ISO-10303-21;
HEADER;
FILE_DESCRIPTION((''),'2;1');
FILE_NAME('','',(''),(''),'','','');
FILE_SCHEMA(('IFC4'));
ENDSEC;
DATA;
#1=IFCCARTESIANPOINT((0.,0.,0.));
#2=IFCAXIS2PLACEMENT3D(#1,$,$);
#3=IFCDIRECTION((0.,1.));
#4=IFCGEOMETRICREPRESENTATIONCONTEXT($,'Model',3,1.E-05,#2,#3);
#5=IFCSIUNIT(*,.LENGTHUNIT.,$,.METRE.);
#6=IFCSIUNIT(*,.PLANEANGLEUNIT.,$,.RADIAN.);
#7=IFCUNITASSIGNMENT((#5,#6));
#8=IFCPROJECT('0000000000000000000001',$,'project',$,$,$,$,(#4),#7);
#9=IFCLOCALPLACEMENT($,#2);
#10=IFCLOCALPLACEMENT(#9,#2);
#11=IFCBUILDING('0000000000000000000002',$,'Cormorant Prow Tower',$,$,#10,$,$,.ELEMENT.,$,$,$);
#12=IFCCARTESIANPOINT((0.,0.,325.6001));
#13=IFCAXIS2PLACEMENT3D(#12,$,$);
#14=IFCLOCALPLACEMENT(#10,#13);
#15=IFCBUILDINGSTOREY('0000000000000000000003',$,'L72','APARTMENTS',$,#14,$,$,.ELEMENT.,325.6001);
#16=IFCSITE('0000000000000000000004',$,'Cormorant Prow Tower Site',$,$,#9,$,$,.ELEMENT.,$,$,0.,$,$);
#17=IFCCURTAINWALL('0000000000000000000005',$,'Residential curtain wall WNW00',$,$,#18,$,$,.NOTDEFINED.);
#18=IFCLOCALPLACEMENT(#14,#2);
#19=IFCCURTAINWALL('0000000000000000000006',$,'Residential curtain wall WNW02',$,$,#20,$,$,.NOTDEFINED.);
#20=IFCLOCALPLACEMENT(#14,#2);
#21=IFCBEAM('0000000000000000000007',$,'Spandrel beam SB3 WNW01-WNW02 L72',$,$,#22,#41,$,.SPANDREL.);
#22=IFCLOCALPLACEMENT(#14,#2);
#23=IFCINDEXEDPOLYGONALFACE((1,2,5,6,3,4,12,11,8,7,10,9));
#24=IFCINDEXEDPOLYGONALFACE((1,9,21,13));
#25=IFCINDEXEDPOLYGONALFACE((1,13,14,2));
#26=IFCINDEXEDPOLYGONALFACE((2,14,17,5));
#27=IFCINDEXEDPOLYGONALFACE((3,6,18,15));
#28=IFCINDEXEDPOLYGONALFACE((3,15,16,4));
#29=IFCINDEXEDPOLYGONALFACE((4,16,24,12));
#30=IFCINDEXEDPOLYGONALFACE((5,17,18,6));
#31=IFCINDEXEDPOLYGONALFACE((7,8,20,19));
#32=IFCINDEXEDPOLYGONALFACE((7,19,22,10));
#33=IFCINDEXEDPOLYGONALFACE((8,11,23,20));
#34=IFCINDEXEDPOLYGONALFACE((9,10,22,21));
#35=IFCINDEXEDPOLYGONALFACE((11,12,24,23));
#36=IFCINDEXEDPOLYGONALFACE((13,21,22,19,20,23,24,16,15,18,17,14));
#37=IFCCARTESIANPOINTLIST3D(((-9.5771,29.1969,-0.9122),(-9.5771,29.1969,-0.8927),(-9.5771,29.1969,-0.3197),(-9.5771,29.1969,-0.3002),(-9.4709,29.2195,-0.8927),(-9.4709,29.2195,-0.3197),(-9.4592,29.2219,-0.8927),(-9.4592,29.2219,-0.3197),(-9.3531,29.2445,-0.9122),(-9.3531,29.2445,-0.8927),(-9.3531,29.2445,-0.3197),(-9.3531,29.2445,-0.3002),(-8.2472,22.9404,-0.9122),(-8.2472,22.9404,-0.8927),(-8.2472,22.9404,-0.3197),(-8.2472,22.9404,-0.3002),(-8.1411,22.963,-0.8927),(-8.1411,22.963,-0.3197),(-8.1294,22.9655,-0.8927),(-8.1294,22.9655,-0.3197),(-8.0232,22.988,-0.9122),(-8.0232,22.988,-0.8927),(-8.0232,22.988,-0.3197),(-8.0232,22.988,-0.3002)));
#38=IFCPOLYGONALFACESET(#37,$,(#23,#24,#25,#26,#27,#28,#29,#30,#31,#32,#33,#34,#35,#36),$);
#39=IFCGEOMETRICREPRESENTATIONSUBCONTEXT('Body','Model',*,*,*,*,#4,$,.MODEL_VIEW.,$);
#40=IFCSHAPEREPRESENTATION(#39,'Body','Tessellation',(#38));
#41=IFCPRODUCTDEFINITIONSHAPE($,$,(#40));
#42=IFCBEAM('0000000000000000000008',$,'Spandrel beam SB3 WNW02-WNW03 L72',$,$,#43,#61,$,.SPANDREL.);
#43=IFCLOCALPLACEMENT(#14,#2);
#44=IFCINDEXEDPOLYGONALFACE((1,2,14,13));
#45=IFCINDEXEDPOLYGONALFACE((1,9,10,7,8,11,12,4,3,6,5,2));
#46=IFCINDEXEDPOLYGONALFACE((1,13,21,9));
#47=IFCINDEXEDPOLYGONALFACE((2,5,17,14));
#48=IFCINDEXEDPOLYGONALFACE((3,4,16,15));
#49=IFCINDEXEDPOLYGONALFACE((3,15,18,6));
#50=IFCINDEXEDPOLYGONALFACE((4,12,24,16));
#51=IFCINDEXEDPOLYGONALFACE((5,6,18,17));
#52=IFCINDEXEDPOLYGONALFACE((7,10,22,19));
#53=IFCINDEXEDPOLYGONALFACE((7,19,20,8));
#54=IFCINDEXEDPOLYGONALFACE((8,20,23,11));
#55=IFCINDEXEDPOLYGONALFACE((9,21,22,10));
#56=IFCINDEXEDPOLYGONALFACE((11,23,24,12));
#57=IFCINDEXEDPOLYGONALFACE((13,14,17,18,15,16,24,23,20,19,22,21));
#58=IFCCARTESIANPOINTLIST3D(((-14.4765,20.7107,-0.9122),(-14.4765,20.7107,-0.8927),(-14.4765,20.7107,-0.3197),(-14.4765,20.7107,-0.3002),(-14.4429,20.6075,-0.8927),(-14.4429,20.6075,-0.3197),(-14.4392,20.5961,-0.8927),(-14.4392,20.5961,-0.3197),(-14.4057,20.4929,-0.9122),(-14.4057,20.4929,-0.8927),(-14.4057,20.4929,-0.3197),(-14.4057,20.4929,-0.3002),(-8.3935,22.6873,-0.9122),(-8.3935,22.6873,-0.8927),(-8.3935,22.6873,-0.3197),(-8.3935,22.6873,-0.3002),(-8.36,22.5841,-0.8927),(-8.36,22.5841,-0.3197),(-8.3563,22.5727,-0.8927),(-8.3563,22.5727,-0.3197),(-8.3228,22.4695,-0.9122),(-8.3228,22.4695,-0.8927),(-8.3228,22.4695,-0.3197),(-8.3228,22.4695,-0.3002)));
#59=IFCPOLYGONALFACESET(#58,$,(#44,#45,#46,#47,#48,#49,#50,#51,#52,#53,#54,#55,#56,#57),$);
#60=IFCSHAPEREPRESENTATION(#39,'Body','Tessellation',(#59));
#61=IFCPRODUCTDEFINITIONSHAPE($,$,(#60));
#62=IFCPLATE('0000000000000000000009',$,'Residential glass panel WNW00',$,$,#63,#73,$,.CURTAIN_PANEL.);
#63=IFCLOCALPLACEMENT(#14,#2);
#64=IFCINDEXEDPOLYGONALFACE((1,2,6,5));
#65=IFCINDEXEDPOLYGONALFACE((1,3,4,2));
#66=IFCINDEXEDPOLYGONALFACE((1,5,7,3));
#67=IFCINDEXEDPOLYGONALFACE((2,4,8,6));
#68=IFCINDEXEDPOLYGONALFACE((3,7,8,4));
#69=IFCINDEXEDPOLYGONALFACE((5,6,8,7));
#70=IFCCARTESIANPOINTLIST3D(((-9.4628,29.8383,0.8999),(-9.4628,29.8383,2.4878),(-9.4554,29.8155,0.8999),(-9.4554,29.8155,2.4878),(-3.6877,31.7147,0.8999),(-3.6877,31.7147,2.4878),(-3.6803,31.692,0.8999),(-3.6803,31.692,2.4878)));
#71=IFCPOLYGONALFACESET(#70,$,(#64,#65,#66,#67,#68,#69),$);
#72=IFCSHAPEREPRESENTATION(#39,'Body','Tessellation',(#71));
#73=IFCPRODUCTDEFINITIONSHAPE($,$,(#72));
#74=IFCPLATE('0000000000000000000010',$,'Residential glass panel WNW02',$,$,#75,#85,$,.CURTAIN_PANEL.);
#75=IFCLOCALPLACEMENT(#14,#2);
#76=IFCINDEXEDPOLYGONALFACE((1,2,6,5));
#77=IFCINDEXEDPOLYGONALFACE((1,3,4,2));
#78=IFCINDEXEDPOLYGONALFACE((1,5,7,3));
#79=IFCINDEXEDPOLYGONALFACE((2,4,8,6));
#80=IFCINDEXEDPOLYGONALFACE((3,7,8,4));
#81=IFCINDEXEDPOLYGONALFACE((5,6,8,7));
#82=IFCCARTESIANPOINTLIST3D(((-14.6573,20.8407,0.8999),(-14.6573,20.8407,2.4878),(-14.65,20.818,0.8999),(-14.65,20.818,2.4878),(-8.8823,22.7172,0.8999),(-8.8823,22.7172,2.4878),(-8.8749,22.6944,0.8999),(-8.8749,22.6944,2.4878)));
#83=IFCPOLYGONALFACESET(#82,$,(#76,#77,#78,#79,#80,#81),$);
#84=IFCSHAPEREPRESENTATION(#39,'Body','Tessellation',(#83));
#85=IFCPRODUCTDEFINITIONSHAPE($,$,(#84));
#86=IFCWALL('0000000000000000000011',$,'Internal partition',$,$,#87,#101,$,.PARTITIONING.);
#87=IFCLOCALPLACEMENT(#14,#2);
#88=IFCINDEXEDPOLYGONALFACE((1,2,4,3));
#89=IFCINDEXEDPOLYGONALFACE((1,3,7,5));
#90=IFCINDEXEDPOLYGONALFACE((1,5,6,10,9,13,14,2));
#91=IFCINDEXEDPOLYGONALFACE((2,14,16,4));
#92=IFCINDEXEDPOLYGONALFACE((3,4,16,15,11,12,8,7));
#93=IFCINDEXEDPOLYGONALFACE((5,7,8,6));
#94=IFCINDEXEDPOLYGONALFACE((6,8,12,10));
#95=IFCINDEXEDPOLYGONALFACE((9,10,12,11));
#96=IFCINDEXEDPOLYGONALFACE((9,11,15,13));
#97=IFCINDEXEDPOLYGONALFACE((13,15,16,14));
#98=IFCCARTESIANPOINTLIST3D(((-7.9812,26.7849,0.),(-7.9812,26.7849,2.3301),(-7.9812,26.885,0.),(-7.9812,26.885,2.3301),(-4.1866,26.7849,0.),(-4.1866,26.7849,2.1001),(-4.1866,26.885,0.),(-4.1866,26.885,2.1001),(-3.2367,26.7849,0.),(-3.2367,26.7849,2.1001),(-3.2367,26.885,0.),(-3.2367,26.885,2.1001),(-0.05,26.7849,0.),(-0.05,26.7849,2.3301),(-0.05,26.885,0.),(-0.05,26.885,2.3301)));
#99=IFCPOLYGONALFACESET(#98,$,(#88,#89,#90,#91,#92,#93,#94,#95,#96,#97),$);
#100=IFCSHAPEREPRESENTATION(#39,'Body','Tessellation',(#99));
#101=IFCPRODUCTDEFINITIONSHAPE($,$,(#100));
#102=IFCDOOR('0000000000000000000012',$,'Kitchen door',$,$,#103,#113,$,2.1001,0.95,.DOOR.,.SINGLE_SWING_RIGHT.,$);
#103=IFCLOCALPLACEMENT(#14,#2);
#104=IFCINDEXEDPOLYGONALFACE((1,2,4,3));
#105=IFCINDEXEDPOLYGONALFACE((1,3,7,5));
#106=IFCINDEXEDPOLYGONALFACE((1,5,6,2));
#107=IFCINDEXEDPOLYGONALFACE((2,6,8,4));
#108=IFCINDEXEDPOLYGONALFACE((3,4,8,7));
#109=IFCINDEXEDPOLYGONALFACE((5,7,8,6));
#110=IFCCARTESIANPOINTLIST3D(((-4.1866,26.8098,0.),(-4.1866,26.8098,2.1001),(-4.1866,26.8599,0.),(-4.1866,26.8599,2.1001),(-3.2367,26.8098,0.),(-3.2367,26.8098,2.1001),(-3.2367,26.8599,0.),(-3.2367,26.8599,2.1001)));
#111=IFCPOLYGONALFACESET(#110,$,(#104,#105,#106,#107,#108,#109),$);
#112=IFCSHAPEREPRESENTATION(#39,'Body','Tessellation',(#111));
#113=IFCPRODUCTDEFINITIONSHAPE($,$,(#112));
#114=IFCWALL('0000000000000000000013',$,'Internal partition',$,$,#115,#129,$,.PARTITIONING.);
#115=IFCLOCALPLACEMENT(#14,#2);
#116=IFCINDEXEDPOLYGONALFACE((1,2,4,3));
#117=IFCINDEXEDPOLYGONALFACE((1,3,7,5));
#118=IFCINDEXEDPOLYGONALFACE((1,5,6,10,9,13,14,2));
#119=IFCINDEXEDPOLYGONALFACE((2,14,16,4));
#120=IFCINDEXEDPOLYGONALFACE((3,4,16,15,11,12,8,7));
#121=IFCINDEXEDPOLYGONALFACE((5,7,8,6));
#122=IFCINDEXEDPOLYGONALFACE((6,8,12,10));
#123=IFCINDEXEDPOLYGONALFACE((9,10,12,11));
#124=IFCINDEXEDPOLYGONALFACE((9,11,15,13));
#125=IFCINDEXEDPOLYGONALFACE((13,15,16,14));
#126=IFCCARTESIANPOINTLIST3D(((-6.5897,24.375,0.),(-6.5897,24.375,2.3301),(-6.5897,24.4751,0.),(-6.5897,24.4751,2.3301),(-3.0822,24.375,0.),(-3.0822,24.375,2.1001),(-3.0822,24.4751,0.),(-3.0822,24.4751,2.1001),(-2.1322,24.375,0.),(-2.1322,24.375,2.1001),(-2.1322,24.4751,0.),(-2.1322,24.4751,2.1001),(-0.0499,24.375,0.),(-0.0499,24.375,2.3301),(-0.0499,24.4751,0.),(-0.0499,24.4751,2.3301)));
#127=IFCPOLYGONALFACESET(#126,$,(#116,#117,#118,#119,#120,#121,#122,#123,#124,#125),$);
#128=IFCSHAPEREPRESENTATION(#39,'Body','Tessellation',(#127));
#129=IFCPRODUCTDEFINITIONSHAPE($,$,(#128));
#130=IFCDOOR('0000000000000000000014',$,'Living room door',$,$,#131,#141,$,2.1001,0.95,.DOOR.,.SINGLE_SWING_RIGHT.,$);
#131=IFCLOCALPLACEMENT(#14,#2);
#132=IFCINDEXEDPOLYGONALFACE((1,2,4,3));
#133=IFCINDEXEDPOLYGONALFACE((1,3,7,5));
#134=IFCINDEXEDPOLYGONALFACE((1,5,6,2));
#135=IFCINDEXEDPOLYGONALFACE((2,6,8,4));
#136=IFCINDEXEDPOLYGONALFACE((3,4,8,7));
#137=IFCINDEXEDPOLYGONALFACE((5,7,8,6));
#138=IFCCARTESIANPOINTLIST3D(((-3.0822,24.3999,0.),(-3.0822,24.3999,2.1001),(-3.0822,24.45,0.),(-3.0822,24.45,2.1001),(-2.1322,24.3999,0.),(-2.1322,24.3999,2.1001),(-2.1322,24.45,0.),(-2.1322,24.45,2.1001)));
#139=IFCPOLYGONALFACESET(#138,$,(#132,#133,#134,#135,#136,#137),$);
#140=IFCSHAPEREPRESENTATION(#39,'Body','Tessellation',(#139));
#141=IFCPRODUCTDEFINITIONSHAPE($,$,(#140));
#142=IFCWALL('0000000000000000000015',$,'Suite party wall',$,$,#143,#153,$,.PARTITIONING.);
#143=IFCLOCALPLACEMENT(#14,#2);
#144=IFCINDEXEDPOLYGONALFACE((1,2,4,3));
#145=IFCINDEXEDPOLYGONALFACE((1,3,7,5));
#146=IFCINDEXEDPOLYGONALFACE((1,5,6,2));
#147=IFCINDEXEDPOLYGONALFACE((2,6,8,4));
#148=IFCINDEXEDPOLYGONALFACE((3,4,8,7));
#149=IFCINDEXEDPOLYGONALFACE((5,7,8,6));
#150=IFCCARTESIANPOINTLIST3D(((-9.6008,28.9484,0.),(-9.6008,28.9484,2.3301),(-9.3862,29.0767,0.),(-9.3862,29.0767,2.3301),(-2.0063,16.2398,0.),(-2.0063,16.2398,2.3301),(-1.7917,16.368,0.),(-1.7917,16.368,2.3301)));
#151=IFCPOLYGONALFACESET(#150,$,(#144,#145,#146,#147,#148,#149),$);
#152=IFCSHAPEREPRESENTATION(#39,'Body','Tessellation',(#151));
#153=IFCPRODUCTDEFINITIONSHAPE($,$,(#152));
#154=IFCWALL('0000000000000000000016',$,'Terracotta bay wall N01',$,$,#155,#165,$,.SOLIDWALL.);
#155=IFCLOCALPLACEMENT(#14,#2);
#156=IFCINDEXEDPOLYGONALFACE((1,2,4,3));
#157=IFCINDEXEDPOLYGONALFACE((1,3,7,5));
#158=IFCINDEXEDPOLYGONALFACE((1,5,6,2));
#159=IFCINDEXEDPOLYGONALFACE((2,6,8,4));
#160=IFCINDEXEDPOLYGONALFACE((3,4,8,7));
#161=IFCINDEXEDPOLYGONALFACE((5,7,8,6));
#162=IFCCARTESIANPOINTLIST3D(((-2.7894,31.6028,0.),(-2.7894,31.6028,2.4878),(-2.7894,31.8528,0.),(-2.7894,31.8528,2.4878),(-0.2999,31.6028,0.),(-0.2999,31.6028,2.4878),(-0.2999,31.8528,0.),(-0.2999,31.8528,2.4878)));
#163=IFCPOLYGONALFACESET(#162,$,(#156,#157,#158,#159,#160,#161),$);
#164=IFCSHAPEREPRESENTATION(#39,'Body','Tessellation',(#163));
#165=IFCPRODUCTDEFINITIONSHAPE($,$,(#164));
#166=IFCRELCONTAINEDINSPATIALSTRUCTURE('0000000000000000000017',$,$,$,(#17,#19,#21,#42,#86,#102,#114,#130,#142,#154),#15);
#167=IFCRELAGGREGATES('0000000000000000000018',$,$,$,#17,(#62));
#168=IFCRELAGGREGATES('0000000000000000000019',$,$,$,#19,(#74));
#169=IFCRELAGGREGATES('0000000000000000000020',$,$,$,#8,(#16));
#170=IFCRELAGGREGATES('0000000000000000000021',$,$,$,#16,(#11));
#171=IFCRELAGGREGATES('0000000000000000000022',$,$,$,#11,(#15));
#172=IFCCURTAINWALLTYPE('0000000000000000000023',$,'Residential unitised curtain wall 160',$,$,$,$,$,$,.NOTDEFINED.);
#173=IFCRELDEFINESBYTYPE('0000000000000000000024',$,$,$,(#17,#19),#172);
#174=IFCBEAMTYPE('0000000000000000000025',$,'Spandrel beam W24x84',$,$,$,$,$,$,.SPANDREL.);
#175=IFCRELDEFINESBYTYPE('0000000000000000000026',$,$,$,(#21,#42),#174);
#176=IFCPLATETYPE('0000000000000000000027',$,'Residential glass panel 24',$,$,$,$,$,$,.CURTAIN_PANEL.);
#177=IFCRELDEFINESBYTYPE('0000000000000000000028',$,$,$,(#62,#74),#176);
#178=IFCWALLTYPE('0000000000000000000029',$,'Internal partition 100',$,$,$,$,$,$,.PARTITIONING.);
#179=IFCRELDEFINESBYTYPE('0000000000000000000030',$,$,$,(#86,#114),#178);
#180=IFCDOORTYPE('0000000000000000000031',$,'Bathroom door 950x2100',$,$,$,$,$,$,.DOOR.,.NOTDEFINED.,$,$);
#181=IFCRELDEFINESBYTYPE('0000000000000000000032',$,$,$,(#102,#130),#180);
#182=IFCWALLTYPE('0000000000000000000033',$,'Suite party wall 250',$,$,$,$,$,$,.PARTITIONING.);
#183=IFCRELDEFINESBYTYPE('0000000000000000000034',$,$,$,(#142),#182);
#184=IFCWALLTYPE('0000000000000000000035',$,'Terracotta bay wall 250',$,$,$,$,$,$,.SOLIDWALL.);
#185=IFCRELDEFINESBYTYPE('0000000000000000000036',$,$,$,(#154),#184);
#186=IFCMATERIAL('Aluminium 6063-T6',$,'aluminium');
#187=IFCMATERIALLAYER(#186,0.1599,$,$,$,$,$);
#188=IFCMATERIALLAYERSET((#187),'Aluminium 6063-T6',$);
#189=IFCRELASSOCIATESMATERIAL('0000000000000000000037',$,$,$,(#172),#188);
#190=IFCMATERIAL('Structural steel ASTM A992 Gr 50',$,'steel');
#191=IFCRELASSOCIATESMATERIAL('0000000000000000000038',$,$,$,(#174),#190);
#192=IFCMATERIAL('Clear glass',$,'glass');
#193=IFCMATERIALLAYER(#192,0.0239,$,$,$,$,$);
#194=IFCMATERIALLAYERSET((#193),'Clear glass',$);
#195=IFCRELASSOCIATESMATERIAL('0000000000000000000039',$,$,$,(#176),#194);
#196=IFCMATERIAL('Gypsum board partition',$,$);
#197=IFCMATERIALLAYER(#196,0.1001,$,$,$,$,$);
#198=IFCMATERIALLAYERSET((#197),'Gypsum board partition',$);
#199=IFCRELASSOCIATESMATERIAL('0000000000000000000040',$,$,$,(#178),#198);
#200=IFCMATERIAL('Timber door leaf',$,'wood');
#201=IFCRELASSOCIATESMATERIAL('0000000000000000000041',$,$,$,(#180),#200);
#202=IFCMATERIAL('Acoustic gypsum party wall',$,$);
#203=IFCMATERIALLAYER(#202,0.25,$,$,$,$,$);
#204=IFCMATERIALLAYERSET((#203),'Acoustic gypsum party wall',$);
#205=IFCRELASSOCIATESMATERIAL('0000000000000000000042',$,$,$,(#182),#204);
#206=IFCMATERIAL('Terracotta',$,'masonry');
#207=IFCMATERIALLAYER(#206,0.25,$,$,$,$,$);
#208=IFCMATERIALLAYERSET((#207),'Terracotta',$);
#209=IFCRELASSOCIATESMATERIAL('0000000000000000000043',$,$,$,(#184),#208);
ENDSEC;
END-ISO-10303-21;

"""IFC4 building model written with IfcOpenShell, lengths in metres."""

from ifc_helpers import new_model, si_unit, direction, frame, frame_2d, origin, origin_2d, place, context, subcontext, project, spatial, rectangle, i_section, extrude, material, layer, layer_set, material_profile, profile_set, type_object, element, fill, aggregate, save


model = new_model("IFC4")

# Units and contexts
model_context = context("Model", 3, precision=1e-05, world=origin(), true_north=direction((0.0, 1.0)))
body_context = subcontext(model_context, "Body", "Model", "MODEL_VIEW")
ifc_project = project(units=[si_unit("LENGTHUNIT", "METRE"), si_unit("PLANEANGLEUNIT", "RADIAN")], contexts=[model_context])

# Site, building, storey
site_placement = place(None, origin())
site = spatial("IfcSite", under=ifc_project, at=site_placement, Name="Cormorant Prow Tower Site", CompositionType="ELEMENT", RefElevation=0.0)
building_placement = place(site_placement, origin())
building = spatial("IfcBuilding", under=site, at=building_placement, Name="Cormorant Prow Tower", CompositionType="ELEMENT")
storey_placement = place(building_placement, frame((0.0, 0.0, 325.6001)))
storey = spatial("IfcBuildingStorey", under=building, at=storey_placement, Name="L72", Description="APARTMENTS", CompositionType="ELEMENT", Elevation=325.6001)

# Curtain walls
ifc_material_1 = material(Name="Aluminium 6063-T6", Category="aluminium")
ifc_layer_1 = layer(ifc_material_1, 0.1599)
ifc_layer_set_1 = layer_set([ifc_layer_1], Name="Aluminium 6063-T6")
curtain_wall_type = type_object("IfcCurtainWallType", Name="Residential unitised curtain wall 160", PredefinedType="NOTDEFINED", material=ifc_layer_set_1)
curtain_wall_1_placement = place(storey_placement, origin())
curtain_wall_1 = element("IfcCurtainWall", 1, at=curtain_wall_1_placement, inside=storey, type_object=curtain_wall_type, Name="Residential curtain wall WNW00", PredefinedType="NOTDEFINED")
curtain_wall_2_placement = place(storey_placement, origin())
curtain_wall_2 = element("IfcCurtainWall", 2, at=curtain_wall_2_placement, inside=storey, type_object=curtain_wall_type, Name="Residential curtain wall WNW02", PredefinedType="NOTDEFINED")

# Beams
ifc_material_2 = material(Name="Structural steel ASTM A992 Gr 50", Category="steel")
ifc_material_profile_1 = material_profile(ifc_material_2, i_section(OverallWidth=0.229, OverallDepth=0.6121, WebThickness=0.012, FlangeThickness=0.0195, at=origin_2d()), Name="W24x84")
ifc_profile_set_1 = profile_set([ifc_material_profile_1], Name="Structural steel ASTM A992 Gr 50")
beam_type = type_object("IfcBeamType", Name="Spandrel beam W24x84", PredefinedType="SPANDREL", material=ifc_profile_set_1)
beam_1_placement = place(storey_placement, frame((-9.4651, 29.2207, -0.6062), z_axis=(0.207913, -0.978147, 0.0), x_axis=(0.978147, 0.207913, 0.0)))
element("IfcBeam", 3, at=beam_1_placement, inside=storey, type_object=beam_type, Name="Spandrel beam SB3 WNW01-WNW02 L72", PredefinedType="SPANDREL", context=body_context, shape_type="SweptSolid", body=[
    extrude(i_section(OverallWidth=0.229, OverallDepth=0.6121, WebThickness=0.012, FlangeThickness=0.0195, at=origin_2d()), origin(), (0.0, 0.0, 1.0), 6.3962),
])
beam_2_placement = place(storey_placement, frame((-8.3582, 22.5784, -0.6062), z_axis=(-0.951053, -0.309027, 0.0), x_axis=(0.309027, -0.951053, 0.0)))
element("IfcBeam", 4, at=beam_2_placement, inside=storey, type_object=beam_type, Name="Spandrel beam SB3 WNW02-WNW03 L72", PredefinedType="SPANDREL", context=body_context, shape_type="SweptSolid", body=[
    extrude(i_section(OverallWidth=0.229, OverallDepth=0.6121, WebThickness=0.012, FlangeThickness=0.0195, at=origin_2d()), origin(), (0.0, 0.0, 1.0), 6.396),
])

# Plates
ifc_material_3 = material(Name="Clear glass", Category="glass")
ifc_layer_2 = layer(ifc_material_3, 0.0239)
ifc_layer_set_2 = layer_set([ifc_layer_2], Name="Clear glass")
plate_type = type_object("IfcPlateType", Name="Residential glass panel 24", PredefinedType="CURTAIN_PANEL", material=ifc_layer_set_2)
plate_1_placement = place(storey_placement, frame((-6.5715, 30.7651, 0.8999), z_axis=(0.0, 0.0, 1.0), x_axis=(-0.951057, -0.309017, 0.0)))
plate_1 = element("IfcPlate", 5, at=plate_1_placement, type_object=plate_type, Name="Residential glass panel WNW00", PredefinedType="CURTAIN_PANEL", context=body_context, shape_type="SweptSolid", body=[
    extrude(rectangle(XDim=6.0723, YDim=0.0239, at=origin_2d()), origin(), (0.0, 0.0, 1.0), 1.5879),
])
aggregate(curtain_wall_1, [plate_1])
plate_2_placement = place(storey_placement, frame((-11.7661, 21.7676, 0.8999), z_axis=(0.0, 0.0, 1.0), x_axis=(-0.951057, -0.309017, 0.0)))
plate_2 = element("IfcPlate", 6, at=plate_2_placement, type_object=plate_type, Name="Residential glass panel WNW02", PredefinedType="CURTAIN_PANEL", context=body_context, shape_type="SweptSolid", body=[
    extrude(rectangle(XDim=6.0723, YDim=0.0239, at=origin_2d()), origin(), (0.0, 0.0, 1.0), 1.5879),
])
aggregate(curtain_wall_2, [plate_2])

# Walls, openings, doors
ifc_material_4 = material(Name="Gypsum board partition")
ifc_layer_3 = layer(ifc_material_4, 0.1001)
ifc_layer_set_3 = layer_set([ifc_layer_3], Name="Gypsum board partition")
wall_type_1 = type_object("IfcWallType", Name="Internal partition 100", PredefinedType="PARTITIONING", material=ifc_layer_set_3)
wall_1_placement = place(storey_placement, frame((-7.9812, 26.835, 0.0), z_axis=(0.0, 0.0, 1.0), x_axis=(1.0, 0.0, 0.0)))
wall_1 = element("IfcWall", 7, at=wall_1_placement, inside=storey, type_object=wall_type_1, Name="Internal partition", PredefinedType="PARTITIONING", context=body_context, shape_type="SweptSolid", body=[
    extrude(rectangle(XDim=7.9312, YDim=0.1001, at=frame_2d((3.9656, 0.0))), origin(), (0.0, 0.0, 1.0), 2.3301),
])
opening_1_placement = place(wall_1_placement, frame((3.7944, 0.0, 0.0)))
opening_1 = element("IfcOpeningElement", 8, at=opening_1_placement, cuts=wall_1, PredefinedType="OPENING", context=body_context, shape_type="SweptSolid", body=[
    extrude(rectangle(XDim=0.95, YDim=2.1001, at=frame_2d((0.4751, 1.05))), frame((0.0, 0.0601, 0.0), z_axis=(0.0, -1.0, 0.0), x_axis=(1.0, 0.0, 0.0)), (0.0, 0.0, 1.0), 0.1201),
])
ifc_material_5 = material(Name="Timber door leaf", Category="wood")
door_type_1 = type_object("IfcDoorType", Name="Bathroom door 950x2100", OperationType="NOTDEFINED", PredefinedType="DOOR", material=ifc_material_5)
door_1_placement = place(opening_1_placement, origin())
door_1 = element("IfcDoor", 9, at=door_1_placement, inside=storey, type_object=door_type_1, Name="Kitchen door", OperationType="SINGLE_SWING_RIGHT", OverallHeight=2.1001, OverallWidth=0.95, PredefinedType="DOOR", context=body_context, shape_type="SweptSolid", body=[
    extrude(rectangle(XDim=0.95, YDim=2.1001, at=frame_2d((0.4751, 1.05))), frame((0.0, 0.0249, 0.0), z_axis=(0.0, -1.0, 0.0), x_axis=(1.0, 0.0, 0.0)), (0.0, 0.0, 1.0), 0.05),
])
fill(opening_1, door_1)
wall_2_placement = place(storey_placement, frame((-6.5898, 24.425, 0.0), z_axis=(0.0, 0.0, 1.0), x_axis=(1.0, 0.0, 0.0)))
wall_2 = element("IfcWall", 10, at=wall_2_placement, inside=storey, type_object=wall_type_1, Name="Internal partition", PredefinedType="PARTITIONING", context=body_context, shape_type="SweptSolid", body=[
    extrude(rectangle(XDim=6.5398, YDim=0.1001, at=frame_2d((3.27, 0.0))), origin(), (0.0, 0.0, 1.0), 2.3301),
])
opening_2_placement = place(wall_2_placement, frame((3.5076, 0.0, 0.0)))
opening_2 = element("IfcOpeningElement", 11, at=opening_2_placement, cuts=wall_2, PredefinedType="OPENING", context=body_context, shape_type="SweptSolid", body=[
    extrude(rectangle(XDim=0.95, YDim=2.1001, at=frame_2d((0.4751, 1.05))), frame((0.0, 0.0601, 0.0), z_axis=(0.0, -1.0, 0.0), x_axis=(1.0, 0.0, 0.0)), (0.0, 0.0, 1.0), 0.1201),
])
door_2_placement = place(opening_2_placement, origin())
door_2 = element("IfcDoor", 12, at=door_2_placement, inside=storey, type_object=door_type_1, Name="Living room door", OperationType="SINGLE_SWING_RIGHT", OverallHeight=2.1001, OverallWidth=0.95, PredefinedType="DOOR", context=body_context, shape_type="SweptSolid", body=[
    extrude(rectangle(XDim=0.95, YDim=2.1001, at=frame_2d((0.4751, 1.05))), frame((0.0, 0.0249, 0.0), z_axis=(0.0, -1.0, 0.0), x_axis=(1.0, 0.0, 0.0)), (0.0, 0.0, 1.0), 0.05),
])
fill(opening_2, door_2)

# Walls
ifc_material_6 = material(Name="Acoustic gypsum party wall")
ifc_layer_4 = layer(ifc_material_6, 0.25)
ifc_layer_set_4 = layer_set([ifc_layer_4], Name="Acoustic gypsum party wall")
wall_type_2 = type_object("IfcWallType", Name="Suite party wall 250", PredefinedType="PARTITIONING", material=ifc_layer_set_4)
wall_3_placement = place(storey_placement, frame((-9.4934, 29.0125, 0.0), z_axis=(0.0, 0.0, 1.0), x_axis=(0.512967, -0.858408, 0.0)))
element("IfcWall", 13, at=wall_3_placement, inside=storey, type_object=wall_type_2, Name="Suite party wall", PredefinedType="PARTITIONING", context=body_context, shape_type="SweptSolid", body=[
    extrude(rectangle(XDim=14.8049, YDim=0.25, at=frame_2d((7.4023, 0.0))), origin(), (0.0, 0.0, 1.0), 2.3301),
])
ifc_material_7 = material(Name="Terracotta", Category="masonry")
ifc_layer_5 = layer(ifc_material_7, 0.25)
ifc_layer_set_5 = layer_set([ifc_layer_5], Name="Terracotta")
wall_type_3 = type_object("IfcWallType", Name="Terracotta bay wall 250", PredefinedType="SOLIDWALL", material=ifc_layer_set_5)
wall_4_placement = place(storey_placement, frame((-0.3, 31.7278, 0.0), z_axis=(0.0, 0.0, 1.0), x_axis=(-1.0, 0.0, 0.0)))
element("IfcWall", 14, at=wall_4_placement, inside=storey, type_object=wall_type_3, Name="Terracotta bay wall N01", PredefinedType="SOLIDWALL", context=body_context, shape_type="SweptSolid", body=[
    extrude(rectangle(XDim=2.4895, YDim=0.25, at=frame_2d((1.2446, 0.0))), origin(), (0.0, 0.0, 1.0), 2.4878),
])

save(model, "model.ifc")
